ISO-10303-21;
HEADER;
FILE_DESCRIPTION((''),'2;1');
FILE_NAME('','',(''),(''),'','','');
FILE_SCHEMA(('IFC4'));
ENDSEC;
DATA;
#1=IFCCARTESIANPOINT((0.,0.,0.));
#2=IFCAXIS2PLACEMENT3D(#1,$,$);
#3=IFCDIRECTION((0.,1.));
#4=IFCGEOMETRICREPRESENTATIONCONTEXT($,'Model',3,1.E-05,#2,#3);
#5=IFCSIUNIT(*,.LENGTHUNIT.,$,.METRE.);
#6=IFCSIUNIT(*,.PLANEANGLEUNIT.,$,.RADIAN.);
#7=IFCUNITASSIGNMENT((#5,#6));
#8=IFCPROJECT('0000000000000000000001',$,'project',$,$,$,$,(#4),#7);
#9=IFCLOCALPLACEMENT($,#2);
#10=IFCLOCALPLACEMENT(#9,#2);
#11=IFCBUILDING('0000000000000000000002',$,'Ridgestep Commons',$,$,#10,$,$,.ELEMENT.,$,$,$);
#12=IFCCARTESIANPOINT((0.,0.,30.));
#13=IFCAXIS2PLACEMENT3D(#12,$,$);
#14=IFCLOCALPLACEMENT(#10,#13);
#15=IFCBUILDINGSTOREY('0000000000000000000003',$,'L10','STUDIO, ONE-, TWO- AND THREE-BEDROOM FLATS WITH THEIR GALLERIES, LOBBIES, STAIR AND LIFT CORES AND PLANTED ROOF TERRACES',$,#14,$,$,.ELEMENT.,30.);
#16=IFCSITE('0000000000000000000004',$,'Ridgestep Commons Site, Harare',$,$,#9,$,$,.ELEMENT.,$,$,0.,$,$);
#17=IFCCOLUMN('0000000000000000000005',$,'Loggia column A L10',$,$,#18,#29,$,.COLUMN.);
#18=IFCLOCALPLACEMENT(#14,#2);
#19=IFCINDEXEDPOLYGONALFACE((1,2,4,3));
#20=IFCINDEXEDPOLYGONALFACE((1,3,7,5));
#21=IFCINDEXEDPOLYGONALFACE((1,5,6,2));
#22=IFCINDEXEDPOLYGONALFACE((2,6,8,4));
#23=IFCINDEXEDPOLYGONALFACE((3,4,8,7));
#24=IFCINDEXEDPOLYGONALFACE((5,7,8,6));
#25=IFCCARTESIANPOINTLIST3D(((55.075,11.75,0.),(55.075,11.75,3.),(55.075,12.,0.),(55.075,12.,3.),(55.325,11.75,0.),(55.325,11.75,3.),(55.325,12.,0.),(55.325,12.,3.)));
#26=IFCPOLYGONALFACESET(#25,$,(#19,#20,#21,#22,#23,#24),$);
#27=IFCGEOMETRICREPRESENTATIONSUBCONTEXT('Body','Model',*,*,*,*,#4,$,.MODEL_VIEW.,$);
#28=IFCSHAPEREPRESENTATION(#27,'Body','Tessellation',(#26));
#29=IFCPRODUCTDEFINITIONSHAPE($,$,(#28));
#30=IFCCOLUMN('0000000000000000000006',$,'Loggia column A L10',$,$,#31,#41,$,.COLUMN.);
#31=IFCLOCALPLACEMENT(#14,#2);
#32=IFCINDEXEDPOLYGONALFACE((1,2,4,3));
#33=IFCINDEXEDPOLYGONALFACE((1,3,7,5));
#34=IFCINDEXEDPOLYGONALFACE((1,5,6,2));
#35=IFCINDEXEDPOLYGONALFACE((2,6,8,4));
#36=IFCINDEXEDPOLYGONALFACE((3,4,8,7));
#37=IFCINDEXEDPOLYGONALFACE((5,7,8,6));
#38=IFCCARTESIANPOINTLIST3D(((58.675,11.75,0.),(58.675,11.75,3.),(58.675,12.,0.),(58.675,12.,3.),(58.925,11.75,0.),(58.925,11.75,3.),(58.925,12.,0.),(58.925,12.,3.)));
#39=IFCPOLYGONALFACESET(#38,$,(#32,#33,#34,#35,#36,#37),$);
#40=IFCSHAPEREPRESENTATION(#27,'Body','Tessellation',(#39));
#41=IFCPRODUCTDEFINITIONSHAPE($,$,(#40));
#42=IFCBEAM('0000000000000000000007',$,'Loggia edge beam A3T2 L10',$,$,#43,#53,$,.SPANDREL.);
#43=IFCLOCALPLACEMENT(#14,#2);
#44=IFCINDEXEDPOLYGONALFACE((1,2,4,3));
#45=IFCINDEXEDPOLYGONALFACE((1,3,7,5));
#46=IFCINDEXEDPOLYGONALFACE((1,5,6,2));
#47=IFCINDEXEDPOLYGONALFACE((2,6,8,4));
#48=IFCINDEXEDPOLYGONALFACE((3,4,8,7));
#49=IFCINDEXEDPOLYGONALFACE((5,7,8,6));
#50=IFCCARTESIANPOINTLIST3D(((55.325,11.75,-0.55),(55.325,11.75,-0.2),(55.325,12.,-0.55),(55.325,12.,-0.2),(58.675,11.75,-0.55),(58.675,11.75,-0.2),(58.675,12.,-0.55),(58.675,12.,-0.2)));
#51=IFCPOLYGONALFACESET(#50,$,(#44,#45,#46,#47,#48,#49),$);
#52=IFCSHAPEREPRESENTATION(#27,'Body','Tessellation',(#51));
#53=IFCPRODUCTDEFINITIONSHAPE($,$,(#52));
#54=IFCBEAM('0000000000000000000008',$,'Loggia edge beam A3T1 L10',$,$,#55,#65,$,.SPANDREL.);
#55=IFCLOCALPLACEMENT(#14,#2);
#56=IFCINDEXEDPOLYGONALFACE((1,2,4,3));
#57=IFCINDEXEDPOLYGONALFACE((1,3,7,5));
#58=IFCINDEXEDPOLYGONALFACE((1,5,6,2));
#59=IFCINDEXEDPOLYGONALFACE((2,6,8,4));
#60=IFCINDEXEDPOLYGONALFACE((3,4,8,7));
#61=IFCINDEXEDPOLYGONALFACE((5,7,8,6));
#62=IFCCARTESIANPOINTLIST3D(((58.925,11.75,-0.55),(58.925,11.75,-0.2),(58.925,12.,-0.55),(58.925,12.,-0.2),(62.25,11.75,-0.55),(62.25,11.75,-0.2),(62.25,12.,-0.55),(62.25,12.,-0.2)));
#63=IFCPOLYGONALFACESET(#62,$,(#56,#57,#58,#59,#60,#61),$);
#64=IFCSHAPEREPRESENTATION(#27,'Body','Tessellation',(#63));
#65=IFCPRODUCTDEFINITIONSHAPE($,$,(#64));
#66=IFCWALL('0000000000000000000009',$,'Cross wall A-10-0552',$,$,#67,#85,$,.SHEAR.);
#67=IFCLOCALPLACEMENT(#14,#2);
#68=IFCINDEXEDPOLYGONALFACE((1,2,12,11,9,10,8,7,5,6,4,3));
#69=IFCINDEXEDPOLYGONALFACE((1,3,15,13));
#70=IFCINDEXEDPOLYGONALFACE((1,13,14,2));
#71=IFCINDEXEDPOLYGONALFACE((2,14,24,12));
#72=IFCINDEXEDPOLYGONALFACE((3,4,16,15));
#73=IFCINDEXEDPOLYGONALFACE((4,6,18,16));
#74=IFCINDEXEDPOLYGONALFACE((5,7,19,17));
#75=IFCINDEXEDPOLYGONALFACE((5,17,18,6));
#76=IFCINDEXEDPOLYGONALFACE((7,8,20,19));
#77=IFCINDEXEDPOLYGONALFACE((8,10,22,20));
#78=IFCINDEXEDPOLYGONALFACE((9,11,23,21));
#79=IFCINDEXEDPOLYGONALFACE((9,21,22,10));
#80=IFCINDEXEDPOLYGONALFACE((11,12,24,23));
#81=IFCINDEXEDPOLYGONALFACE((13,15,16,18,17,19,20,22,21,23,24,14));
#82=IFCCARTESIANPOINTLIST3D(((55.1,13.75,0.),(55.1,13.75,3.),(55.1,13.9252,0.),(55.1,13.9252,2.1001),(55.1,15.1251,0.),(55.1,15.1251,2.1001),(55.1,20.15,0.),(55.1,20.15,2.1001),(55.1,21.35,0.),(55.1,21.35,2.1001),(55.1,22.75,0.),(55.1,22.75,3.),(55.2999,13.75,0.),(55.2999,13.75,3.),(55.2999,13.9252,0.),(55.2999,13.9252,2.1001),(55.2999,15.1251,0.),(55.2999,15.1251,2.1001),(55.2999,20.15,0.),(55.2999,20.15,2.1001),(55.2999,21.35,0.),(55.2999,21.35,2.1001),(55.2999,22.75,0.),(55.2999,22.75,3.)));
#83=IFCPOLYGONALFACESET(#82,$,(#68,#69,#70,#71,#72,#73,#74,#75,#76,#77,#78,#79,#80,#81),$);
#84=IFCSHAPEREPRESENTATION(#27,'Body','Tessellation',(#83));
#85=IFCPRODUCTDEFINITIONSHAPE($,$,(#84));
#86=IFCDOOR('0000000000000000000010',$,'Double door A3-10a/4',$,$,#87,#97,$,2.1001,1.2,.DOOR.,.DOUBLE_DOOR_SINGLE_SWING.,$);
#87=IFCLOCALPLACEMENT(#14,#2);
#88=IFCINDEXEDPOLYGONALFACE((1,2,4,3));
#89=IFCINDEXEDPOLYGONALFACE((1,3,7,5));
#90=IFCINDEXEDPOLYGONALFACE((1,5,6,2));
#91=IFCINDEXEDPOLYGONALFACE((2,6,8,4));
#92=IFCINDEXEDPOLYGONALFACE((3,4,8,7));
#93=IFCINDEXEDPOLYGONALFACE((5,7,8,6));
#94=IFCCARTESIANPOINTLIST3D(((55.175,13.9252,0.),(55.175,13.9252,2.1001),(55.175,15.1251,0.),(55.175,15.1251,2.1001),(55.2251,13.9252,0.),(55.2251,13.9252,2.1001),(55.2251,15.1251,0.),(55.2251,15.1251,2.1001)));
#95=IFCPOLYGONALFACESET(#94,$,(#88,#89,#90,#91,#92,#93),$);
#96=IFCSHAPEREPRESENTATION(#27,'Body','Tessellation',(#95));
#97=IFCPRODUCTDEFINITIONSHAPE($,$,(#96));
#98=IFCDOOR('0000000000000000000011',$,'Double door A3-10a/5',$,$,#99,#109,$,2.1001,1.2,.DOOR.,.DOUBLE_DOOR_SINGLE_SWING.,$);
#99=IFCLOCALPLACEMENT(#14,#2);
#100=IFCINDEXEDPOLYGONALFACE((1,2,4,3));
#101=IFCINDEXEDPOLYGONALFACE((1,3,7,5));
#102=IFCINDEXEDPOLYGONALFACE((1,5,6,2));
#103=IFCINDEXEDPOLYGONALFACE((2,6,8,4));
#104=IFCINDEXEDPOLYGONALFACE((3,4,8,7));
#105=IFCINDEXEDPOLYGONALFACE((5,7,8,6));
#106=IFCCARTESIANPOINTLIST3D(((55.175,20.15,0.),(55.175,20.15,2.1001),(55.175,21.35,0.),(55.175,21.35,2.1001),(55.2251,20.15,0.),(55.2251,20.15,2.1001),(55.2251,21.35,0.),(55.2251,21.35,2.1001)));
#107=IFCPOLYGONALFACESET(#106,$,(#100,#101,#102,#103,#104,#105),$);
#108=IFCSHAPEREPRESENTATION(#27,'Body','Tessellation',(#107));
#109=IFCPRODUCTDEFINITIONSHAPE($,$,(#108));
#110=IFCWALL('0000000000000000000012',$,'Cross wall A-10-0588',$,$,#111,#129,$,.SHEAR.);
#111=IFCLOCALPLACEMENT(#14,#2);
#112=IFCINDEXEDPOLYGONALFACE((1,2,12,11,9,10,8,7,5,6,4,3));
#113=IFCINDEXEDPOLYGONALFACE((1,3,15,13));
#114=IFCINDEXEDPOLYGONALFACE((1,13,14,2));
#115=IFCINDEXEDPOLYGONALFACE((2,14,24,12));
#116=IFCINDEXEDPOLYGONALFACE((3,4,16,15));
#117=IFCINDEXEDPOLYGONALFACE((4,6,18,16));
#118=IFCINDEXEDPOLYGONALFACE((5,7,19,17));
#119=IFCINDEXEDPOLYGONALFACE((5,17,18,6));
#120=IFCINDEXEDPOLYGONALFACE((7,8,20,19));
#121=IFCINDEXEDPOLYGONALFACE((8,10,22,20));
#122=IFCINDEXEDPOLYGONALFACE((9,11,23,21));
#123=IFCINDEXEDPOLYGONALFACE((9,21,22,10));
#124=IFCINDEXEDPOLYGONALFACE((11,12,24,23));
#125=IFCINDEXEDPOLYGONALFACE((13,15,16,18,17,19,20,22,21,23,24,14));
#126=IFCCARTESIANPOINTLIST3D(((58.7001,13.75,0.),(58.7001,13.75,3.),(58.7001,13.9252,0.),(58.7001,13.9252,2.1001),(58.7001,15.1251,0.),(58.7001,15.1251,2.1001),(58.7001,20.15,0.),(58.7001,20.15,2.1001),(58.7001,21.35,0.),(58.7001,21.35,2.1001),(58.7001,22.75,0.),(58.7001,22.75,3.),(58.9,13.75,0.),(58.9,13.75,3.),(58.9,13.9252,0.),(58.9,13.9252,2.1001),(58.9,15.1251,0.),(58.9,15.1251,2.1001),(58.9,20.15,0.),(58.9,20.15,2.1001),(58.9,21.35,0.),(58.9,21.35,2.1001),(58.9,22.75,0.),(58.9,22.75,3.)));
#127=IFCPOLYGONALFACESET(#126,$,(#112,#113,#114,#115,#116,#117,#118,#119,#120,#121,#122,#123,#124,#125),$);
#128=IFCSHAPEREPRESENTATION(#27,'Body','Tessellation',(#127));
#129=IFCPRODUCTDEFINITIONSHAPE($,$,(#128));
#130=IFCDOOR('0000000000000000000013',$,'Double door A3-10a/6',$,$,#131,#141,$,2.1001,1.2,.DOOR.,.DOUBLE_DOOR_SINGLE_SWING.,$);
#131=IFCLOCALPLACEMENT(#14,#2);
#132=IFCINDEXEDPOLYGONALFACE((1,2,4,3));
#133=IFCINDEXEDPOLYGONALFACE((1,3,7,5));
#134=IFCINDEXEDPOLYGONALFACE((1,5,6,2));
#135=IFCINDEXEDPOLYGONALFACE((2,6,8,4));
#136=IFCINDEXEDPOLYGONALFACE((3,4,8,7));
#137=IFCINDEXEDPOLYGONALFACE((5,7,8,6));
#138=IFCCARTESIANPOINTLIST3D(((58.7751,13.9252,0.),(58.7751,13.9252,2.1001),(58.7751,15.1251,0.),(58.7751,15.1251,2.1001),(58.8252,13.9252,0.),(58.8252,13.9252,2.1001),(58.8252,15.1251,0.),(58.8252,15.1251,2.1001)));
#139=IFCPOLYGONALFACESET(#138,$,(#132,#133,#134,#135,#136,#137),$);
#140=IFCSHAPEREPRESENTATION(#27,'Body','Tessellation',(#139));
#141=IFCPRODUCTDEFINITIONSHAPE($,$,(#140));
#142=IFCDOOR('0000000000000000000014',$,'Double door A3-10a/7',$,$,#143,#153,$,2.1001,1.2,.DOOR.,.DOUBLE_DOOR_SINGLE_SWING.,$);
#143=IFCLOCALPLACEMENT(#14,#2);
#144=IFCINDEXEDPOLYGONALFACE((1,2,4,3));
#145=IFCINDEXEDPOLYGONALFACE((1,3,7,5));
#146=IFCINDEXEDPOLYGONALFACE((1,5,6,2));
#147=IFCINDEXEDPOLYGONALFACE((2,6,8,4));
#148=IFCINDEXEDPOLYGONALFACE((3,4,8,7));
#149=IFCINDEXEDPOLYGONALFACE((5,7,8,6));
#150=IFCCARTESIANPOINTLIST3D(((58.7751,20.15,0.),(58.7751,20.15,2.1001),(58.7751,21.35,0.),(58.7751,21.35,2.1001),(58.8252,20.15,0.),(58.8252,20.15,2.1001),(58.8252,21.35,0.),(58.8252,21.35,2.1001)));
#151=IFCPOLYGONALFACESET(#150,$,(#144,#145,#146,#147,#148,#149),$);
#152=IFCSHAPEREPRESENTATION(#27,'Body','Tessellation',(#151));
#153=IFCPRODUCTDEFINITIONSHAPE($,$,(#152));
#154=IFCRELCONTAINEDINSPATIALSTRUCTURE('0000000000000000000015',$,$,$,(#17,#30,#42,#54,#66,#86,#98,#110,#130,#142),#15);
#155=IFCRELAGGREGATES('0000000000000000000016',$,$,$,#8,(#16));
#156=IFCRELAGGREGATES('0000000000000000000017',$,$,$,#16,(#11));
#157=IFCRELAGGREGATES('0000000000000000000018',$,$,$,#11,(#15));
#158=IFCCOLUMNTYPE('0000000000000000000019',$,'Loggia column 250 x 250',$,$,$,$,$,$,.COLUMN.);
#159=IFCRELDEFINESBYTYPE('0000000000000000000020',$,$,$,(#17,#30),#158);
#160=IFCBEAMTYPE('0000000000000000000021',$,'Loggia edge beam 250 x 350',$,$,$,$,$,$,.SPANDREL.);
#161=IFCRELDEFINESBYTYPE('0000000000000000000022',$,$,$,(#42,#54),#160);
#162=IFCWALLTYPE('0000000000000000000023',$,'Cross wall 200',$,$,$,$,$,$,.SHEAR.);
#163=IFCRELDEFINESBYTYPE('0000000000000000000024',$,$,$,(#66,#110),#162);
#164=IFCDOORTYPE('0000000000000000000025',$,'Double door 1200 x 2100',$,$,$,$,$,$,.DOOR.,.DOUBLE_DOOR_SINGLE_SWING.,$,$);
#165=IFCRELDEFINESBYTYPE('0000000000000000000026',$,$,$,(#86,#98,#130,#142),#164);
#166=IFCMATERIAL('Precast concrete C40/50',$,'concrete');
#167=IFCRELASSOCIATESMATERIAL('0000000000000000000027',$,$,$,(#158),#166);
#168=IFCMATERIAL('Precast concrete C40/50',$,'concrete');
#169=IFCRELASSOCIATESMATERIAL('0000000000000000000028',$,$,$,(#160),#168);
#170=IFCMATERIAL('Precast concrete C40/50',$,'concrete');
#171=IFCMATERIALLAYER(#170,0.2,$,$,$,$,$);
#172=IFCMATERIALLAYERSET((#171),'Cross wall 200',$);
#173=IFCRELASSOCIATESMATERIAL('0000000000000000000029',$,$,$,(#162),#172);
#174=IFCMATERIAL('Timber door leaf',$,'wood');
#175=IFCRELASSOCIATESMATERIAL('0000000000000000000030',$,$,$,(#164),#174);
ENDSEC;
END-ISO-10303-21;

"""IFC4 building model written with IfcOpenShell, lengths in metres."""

from ifc_helpers import new_model, si_unit, direction, frame, frame_2d, origin, origin_2d, place, context, subcontext, project, spatial, rectangle, extrude, material, layer, layer_set, material_profile, profile_set, type_object, element, fill, save


model = new_model("IFC4")

# Units and contexts
model_context = context("Model", 3, precision=1e-05, world=origin(), true_north=direction((0.0, 1.0)))
body_context = subcontext(model_context, "Body", "Model", "MODEL_VIEW")
ifc_project = project(units=[si_unit("LENGTHUNIT", "METRE"), si_unit("PLANEANGLEUNIT", "RADIAN")], contexts=[model_context])

# Site, building, storey
site_placement = place(None, origin())
site = spatial("IfcSite", under=ifc_project, at=site_placement, Name="Ridgestep Commons Site, Harare", CompositionType="ELEMENT", RefElevation=0.0)
building_placement = place(site_placement, origin())
building = spatial("IfcBuilding", under=site, at=building_placement, Name="Ridgestep Commons", CompositionType="ELEMENT")
storey_placement = place(building_placement, frame((0.0, 0.0, 30.0)))
storey = spatial("IfcBuildingStorey", under=building, at=storey_placement, Name="L10", Description="STUDIO, ONE-, TWO- AND THREE-BEDROOM FLATS WITH THEIR GALLERIES, LOBBIES, STAIR AND LIFT CORES AND PLANTED ROOF TERRACES", CompositionType="ELEMENT", Elevation=30.0)

# Columns
ifc_material_1 = material(Name="Precast concrete C40/50", Category="concrete")
ifc_material_profile_1 = material_profile(ifc_material_1, rectangle(XDim=0.25, YDim=0.25, at=origin_2d()), Name="PC 250x250")
ifc_profile_set_1 = profile_set([ifc_material_profile_1], Name="Precast concrete C40/50")
column_type = type_object("IfcColumnType", Name="Loggia column 250 x 250", PredefinedType="COLUMN", material=ifc_profile_set_1)
for number, where, z_axis, x_axis, name in (
    (1, (55.2, 11.875, 0.0), (0.0, 0.0, 1.0), (1.0, 0.0, 0.0), "Loggia column A L10"),
    (2, (58.8, 11.875, 0.0), (0.0, 0.0, 1.0), (1.0, 0.0, 0.0), "Loggia column A L10"),
):
    element("IfcColumn", number, at=place(storey_placement, frame(where, z_axis=z_axis, x_axis=x_axis)), inside=storey, type_object=column_type, Name=name, PredefinedType="COLUMN", context=body_context, shape_type="SweptSolid", body=[
        extrude(rectangle(XDim=0.25, YDim=0.25, at=origin_2d()), origin(), (0.0, 0.0, 1.0), 3.0),
    ])

# Beams
ifc_material_2 = material(Name="Precast concrete C40/50", Category="concrete")
ifc_material_profile_2 = material_profile(ifc_material_2, rectangle(XDim=0.25, YDim=0.3501, at=origin_2d()), Name="PC 250x350")
ifc_profile_set_2 = profile_set([ifc_material_profile_2], Name="Precast concrete C40/50")
beam_type = type_object("IfcBeamType", Name="Loggia edge beam 250 x 350", PredefinedType="SPANDREL", material=ifc_profile_set_2)
beam_1_placement = place(storey_placement, frame((55.325, 11.875, -0.375), z_axis=(1.0, 0.0, 0.0), x_axis=(0.0, 1.0, 0.0)))
element("IfcBeam", 3, at=beam_1_placement, inside=storey, type_object=beam_type, Name="Loggia edge beam A3T2 L10", PredefinedType="SPANDREL", context=body_context, shape_type="SweptSolid", body=[
    extrude(rectangle(XDim=0.25, YDim=0.3501, at=origin_2d()), origin(), (0.0, 0.0, 1.0), 3.3501),
])
beam_2_placement = place(storey_placement, frame((58.925, 11.875, -0.375), z_axis=(1.0, 0.0, 0.0), x_axis=(0.0, 1.0, 0.0)))
element("IfcBeam", 4, at=beam_2_placement, inside=storey, type_object=beam_type, Name="Loggia edge beam A3T1 L10", PredefinedType="SPANDREL", context=body_context, shape_type="SweptSolid", body=[
    extrude(rectangle(XDim=0.25, YDim=0.3501, at=origin_2d()), origin(), (0.0, 0.0, 1.0), 3.325),
])

# Walls, openings, doors
ifc_material_3 = material(Name="Precast concrete C40/50", Category="concrete")
ifc_layer_1 = layer(ifc_material_3, 0.2)
ifc_layer_set_1 = layer_set([ifc_layer_1], Name="Cross wall 200")
wall_type_1 = type_object("IfcWallType", Name="Cross wall 200", PredefinedType="SHEAR", material=ifc_layer_set_1)
wall_1_placement = place(storey_placement, frame((55.2, 13.75, 0.0), z_axis=(0.0, 0.0, 1.0), x_axis=(0.0, 1.0, 0.0)))
wall_1 = element("IfcWall", 5, at=wall_1_placement, inside=storey, type_object=wall_type_1, Name="Cross wall A-10-0552", PredefinedType="SHEAR", context=body_context, shape_type="SweptSolid", body=[
    extrude(rectangle(XDim=9.0, YDim=0.2, at=frame_2d((4.5, 0.0))), origin(), (0.0, 0.0, 1.0), 3.0),
])
opening_1_placement = place(wall_1_placement, frame((0.175, 0.0, 0.0)))
opening_1 = element("IfcOpeningElement", 6, at=opening_1_placement, cuts=wall_1, PredefinedType="OPENING", context=body_context, shape_type="SweptSolid", body=[
    extrude(rectangle(XDim=1.2, YDim=2.1001, at=frame_2d((0.6001, 1.05))), frame((0.0, 0.1099, 0.0), z_axis=(0.0, -1.0, 0.0), x_axis=(1.0, 0.0, 0.0)), (0.0, 0.0, 1.0), 0.22),
])
opening_2_placement = place(wall_1_placement, frame((6.3999, 0.0, 0.0)))
opening_2 = element("IfcOpeningElement", 7, at=opening_2_placement, cuts=wall_1, PredefinedType="OPENING", context=body_context, shape_type="SweptSolid", body=[
    extrude(rectangle(XDim=1.2, YDim=2.1001, at=frame_2d((0.6001, 1.05))), frame((0.0, 0.1099, 0.0), z_axis=(0.0, -1.0, 0.0), x_axis=(1.0, 0.0, 0.0)), (0.0, 0.0, 1.0), 0.22),
])
ifc_material_4 = material(Name="Timber door leaf", Category="wood")
door_type_1 = type_object("IfcDoorType", Name="Double door 1200 x 2100", OperationType="DOUBLE_DOOR_SINGLE_SWING", PredefinedType="DOOR", material=ifc_material_4)
door_1_placement = place(opening_1_placement, origin())
door_1 = element("IfcDoor", 8, at=door_1_placement, inside=storey, type_object=door_type_1, Name="Double door A3-10a/4", OperationType="DOUBLE_DOOR_SINGLE_SWING", OverallHeight=2.1001, OverallWidth=1.2, PredefinedType="DOOR", context=body_context, shape_type="SweptSolid", body=[
    extrude(rectangle(XDim=1.2, YDim=2.1001, at=frame_2d((0.6001, 1.05))), frame((0.0, 0.0249, 0.0), z_axis=(0.0, -1.0, 0.0), x_axis=(1.0, 0.0, 0.0)), (0.0, 0.0, 1.0), 0.05),
])
fill(opening_1, door_1)
door_2_placement = place(opening_2_placement, origin())
door_2 = element("IfcDoor", 9, at=door_2_placement, inside=storey, type_object=door_type_1, Name="Double door A3-10a/5", OperationType="DOUBLE_DOOR_SINGLE_SWING", OverallHeight=2.1001, OverallWidth=1.2, PredefinedType="DOOR", context=body_context, shape_type="SweptSolid", body=[
    extrude(rectangle(XDim=1.2, YDim=2.1001, at=frame_2d((0.6001, 1.05))), frame((0.0, 0.0249, 0.0), z_axis=(0.0, -1.0, 0.0), x_axis=(1.0, 0.0, 0.0)), (0.0, 0.0, 1.0), 0.05),
])
fill(opening_2, door_2)
wall_2_placement = place(storey_placement, frame((58.8, 13.75, 0.0), z_axis=(0.0, 0.0, 1.0), x_axis=(0.0, 1.0, 0.0)))
wall_2 = element("IfcWall", 10, at=wall_2_placement, inside=storey, type_object=wall_type_1, Name="Cross wall A-10-0588", PredefinedType="SHEAR", context=body_context, shape_type="SweptSolid", body=[
    extrude(rectangle(XDim=9.0, YDim=0.2, at=frame_2d((4.5, 0.0))), origin(), (0.0, 0.0, 1.0), 3.0),
])
opening_3_placement = place(wall_2_placement, frame((0.175, 0.0, 0.0)))
opening_3 = element("IfcOpeningElement", 11, at=opening_3_placement, cuts=wall_2, PredefinedType="OPENING", context=body_context, shape_type="SweptSolid", body=[
    extrude(rectangle(XDim=1.2, YDim=2.1001, at=frame_2d((0.6001, 1.05))), frame((0.0, 0.1099, 0.0), z_axis=(0.0, -1.0, 0.0), x_axis=(1.0, 0.0, 0.0)), (0.0, 0.0, 1.0), 0.22),
])
opening_4_placement = place(wall_2_placement, frame((6.3999, 0.0, 0.0)))
opening_4 = element("IfcOpeningElement", 12, at=opening_4_placement, cuts=wall_2, PredefinedType="OPENING", context=body_context, shape_type="SweptSolid", body=[
    extrude(rectangle(XDim=1.2, YDim=2.1001, at=frame_2d((0.6001, 1.05))), frame((0.0, 0.1099, 0.0), z_axis=(0.0, -1.0, 0.0), x_axis=(1.0, 0.0, 0.0)), (0.0, 0.0, 1.0), 0.22),
])
door_3_placement = place(opening_3_placement, origin())
door_3 = element("IfcDoor", 13, at=door_3_placement, inside=storey, type_object=door_type_1, Name="Double door A3-10a/6", OperationType="DOUBLE_DOOR_SINGLE_SWING", OverallHeight=2.1001, OverallWidth=1.2, PredefinedType="DOOR", context=body_context, shape_type="SweptSolid", body=[
    extrude(rectangle(XDim=1.2, YDim=2.1001, at=frame_2d((0.6001, 1.05))), frame((0.0, 0.0249, 0.0), z_axis=(0.0, -1.0, 0.0), x_axis=(1.0, 0.0, 0.0)), (0.0, 0.0, 1.0), 0.05),
])
fill(opening_3, door_3)
door_4_placement = place(opening_4_placement, origin())
door_4 = element("IfcDoor", 14, at=door_4_placement, inside=storey, type_object=door_type_1, Name="Double door A3-10a/7", OperationType="DOUBLE_DOOR_SINGLE_SWING", OverallHeight=2.1001, OverallWidth=1.2, PredefinedType="DOOR", context=body_context, shape_type="SweptSolid", body=[
    extrude(rectangle(XDim=1.2, YDim=2.1001, at=frame_2d((0.6001, 1.05))), frame((0.0, 0.0249, 0.0), z_axis=(0.0, -1.0, 0.0), x_axis=(1.0, 0.0, 0.0)), (0.0, 0.0, 1.0), 0.05),
])
fill(opening_4, door_4)

save(model, "model.ifc")
